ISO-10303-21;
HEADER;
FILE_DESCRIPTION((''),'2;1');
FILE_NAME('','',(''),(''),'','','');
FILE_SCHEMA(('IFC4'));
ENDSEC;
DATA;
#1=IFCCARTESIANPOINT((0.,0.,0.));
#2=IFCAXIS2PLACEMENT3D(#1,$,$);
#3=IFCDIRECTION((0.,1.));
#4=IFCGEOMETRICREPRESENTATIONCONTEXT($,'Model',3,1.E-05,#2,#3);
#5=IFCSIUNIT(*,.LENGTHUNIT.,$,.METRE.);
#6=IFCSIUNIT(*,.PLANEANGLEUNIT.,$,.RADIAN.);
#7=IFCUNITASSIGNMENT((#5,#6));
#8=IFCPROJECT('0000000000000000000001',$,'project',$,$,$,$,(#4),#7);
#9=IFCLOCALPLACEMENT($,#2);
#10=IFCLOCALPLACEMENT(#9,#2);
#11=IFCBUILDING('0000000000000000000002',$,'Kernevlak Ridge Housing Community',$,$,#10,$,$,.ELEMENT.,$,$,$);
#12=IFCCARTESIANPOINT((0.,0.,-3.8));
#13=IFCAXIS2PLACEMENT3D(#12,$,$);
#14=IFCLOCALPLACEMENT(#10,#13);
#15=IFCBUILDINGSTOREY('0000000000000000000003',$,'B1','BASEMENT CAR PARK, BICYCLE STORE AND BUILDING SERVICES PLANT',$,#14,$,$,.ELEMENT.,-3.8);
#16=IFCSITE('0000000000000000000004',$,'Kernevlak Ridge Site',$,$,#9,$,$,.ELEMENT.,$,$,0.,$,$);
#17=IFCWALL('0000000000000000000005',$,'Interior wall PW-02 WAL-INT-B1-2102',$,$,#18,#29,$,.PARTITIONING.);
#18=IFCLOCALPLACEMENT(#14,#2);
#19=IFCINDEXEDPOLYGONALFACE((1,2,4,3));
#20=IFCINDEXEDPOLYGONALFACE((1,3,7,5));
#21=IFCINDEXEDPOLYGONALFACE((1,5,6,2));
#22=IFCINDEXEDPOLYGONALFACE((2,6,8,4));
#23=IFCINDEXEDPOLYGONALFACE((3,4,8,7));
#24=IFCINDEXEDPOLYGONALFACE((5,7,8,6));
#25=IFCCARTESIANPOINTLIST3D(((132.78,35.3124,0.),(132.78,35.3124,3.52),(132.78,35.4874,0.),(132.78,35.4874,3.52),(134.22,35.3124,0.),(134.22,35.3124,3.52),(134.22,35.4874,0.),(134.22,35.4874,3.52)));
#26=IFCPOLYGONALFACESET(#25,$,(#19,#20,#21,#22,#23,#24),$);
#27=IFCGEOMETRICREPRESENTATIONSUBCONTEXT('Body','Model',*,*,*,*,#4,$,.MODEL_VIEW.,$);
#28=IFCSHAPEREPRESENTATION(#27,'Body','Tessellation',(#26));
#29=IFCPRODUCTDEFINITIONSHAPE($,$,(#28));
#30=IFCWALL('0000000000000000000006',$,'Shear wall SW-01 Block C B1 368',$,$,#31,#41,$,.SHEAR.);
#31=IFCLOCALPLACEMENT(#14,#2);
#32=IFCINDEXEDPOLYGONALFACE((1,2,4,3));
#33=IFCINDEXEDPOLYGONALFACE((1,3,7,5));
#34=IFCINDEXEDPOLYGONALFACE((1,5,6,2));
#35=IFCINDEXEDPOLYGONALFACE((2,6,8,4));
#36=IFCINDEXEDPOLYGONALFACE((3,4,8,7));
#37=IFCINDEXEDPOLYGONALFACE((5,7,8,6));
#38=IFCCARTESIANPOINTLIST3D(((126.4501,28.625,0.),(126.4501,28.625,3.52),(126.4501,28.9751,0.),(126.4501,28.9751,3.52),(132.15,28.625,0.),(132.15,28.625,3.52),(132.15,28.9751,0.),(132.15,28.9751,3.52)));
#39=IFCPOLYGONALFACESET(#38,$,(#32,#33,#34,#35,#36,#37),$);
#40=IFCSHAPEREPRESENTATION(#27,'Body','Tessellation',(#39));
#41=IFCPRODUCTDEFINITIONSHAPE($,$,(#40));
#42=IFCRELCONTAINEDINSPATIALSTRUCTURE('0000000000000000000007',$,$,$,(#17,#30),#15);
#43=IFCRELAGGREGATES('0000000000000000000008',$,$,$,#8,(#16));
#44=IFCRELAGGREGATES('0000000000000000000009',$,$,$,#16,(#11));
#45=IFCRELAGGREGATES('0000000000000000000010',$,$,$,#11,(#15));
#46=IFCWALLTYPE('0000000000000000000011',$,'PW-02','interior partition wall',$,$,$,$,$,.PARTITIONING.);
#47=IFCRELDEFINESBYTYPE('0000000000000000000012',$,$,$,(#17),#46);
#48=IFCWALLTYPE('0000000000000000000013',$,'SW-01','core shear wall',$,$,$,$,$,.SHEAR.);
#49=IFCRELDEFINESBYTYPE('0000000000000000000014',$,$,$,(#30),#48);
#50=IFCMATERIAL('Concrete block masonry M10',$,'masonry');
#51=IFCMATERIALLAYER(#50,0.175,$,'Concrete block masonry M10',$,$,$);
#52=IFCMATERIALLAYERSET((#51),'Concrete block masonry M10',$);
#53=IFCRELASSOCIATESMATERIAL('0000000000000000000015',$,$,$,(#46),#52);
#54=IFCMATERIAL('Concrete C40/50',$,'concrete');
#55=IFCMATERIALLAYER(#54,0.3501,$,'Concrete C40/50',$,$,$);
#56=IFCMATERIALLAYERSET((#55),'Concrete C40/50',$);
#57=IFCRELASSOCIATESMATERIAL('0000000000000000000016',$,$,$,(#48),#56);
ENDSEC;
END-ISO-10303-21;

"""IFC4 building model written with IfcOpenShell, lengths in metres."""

from ifc_helpers import new_model, si_unit, direction, frame, frame_2d, origin, place, context, subcontext, project, spatial, rectangle, extrude, material, layer, layer_set, type_object, element, save


model = new_model("IFC4")

# Units and contexts
model_context = context("Model", 3, precision=1e-05, world=origin(), true_north=direction((0.0, 1.0)))
body_context = subcontext(model_context, "Body", "Model", "MODEL_VIEW")
ifc_project = project(units=[si_unit("LENGTHUNIT", "METRE"), si_unit("PLANEANGLEUNIT", "RADIAN")], contexts=[model_context])

# Site, building, storey
site_placement = place(None, origin())
site = spatial("IfcSite", under=ifc_project, at=site_placement, Name="Kernevlak Ridge Site", CompositionType="ELEMENT", RefElevation=0.0)
building_placement = place(site_placement, origin())
building = spatial("IfcBuilding", under=site, at=building_placement, Name="Kernevlak Ridge Housing Community", CompositionType="ELEMENT")
storey_placement = place(building_placement, frame((0.0, 0.0, -3.8)))
storey = spatial("IfcBuildingStorey", under=building, at=storey_placement, Name="B1", Description="BASEMENT CAR PARK, BICYCLE STORE AND BUILDING SERVICES PLANT", CompositionType="ELEMENT", Elevation=-3.8)

# Shared definitions
ifc_material_1 = material(Name="Concrete C40/50", Category="concrete")

# Shared definitions
ifc_material_2 = material(Name="Concrete block masonry M10", Category="masonry")
ifc_layer_1 = layer(ifc_material_2, 0.175, Name="Concrete block masonry M10")
ifc_layer_set_1 = layer_set([ifc_layer_1], Name="Concrete block masonry M10")
wall_type_1 = type_object("IfcWallType", Name="PW-02", Description="interior partition wall", PredefinedType="PARTITIONING", material=ifc_layer_set_1)

# Walls
wall_1_placement = place(storey_placement, frame((132.78, 35.3999, 0.0), z_axis=(0.0, 0.0, 1.0), x_axis=(1.0, 0.0, 0.0)))
element("IfcWall", 1, at=wall_1_placement, inside=storey, type_object=wall_type_1, Name="Interior wall PW-02 WAL-INT-B1-2102", PredefinedType="PARTITIONING", context=body_context, shape_type="SweptSolid", body=[
    extrude(rectangle(XDim=1.4399, YDim=0.175, at=frame_2d((0.72, 0.0))), origin(), (0.0, 0.0, 1.0), 3.52),
])
ifc_layer_2 = layer(ifc_material_1, 0.3501, Name="Concrete C40/50")
ifc_layer_set_2 = layer_set([ifc_layer_2], Name="Concrete C40/50")
wall_type_2 = type_object("IfcWallType", Name="SW-01", Description="core shear wall", PredefinedType="SHEAR", material=ifc_layer_set_2)
wall_2_placement = place(storey_placement, frame((126.45, 28.8, 0.0), z_axis=(0.0, 0.0, 1.0), x_axis=(1.0, 0.0, 0.0)))
element("IfcWall", 2, at=wall_2_placement, inside=storey, type_object=wall_type_2, Name="Shear wall SW-01 Block C B1 368", PredefinedType="SHEAR", context=body_context, shape_type="SweptSolid", body=[
    extrude(rectangle(XDim=5.7, YDim=0.3501, at=frame_2d((2.8501, 0.0))), origin(), (0.0, 0.0, 1.0), 3.52),
])

save(model, "model.ifc")
